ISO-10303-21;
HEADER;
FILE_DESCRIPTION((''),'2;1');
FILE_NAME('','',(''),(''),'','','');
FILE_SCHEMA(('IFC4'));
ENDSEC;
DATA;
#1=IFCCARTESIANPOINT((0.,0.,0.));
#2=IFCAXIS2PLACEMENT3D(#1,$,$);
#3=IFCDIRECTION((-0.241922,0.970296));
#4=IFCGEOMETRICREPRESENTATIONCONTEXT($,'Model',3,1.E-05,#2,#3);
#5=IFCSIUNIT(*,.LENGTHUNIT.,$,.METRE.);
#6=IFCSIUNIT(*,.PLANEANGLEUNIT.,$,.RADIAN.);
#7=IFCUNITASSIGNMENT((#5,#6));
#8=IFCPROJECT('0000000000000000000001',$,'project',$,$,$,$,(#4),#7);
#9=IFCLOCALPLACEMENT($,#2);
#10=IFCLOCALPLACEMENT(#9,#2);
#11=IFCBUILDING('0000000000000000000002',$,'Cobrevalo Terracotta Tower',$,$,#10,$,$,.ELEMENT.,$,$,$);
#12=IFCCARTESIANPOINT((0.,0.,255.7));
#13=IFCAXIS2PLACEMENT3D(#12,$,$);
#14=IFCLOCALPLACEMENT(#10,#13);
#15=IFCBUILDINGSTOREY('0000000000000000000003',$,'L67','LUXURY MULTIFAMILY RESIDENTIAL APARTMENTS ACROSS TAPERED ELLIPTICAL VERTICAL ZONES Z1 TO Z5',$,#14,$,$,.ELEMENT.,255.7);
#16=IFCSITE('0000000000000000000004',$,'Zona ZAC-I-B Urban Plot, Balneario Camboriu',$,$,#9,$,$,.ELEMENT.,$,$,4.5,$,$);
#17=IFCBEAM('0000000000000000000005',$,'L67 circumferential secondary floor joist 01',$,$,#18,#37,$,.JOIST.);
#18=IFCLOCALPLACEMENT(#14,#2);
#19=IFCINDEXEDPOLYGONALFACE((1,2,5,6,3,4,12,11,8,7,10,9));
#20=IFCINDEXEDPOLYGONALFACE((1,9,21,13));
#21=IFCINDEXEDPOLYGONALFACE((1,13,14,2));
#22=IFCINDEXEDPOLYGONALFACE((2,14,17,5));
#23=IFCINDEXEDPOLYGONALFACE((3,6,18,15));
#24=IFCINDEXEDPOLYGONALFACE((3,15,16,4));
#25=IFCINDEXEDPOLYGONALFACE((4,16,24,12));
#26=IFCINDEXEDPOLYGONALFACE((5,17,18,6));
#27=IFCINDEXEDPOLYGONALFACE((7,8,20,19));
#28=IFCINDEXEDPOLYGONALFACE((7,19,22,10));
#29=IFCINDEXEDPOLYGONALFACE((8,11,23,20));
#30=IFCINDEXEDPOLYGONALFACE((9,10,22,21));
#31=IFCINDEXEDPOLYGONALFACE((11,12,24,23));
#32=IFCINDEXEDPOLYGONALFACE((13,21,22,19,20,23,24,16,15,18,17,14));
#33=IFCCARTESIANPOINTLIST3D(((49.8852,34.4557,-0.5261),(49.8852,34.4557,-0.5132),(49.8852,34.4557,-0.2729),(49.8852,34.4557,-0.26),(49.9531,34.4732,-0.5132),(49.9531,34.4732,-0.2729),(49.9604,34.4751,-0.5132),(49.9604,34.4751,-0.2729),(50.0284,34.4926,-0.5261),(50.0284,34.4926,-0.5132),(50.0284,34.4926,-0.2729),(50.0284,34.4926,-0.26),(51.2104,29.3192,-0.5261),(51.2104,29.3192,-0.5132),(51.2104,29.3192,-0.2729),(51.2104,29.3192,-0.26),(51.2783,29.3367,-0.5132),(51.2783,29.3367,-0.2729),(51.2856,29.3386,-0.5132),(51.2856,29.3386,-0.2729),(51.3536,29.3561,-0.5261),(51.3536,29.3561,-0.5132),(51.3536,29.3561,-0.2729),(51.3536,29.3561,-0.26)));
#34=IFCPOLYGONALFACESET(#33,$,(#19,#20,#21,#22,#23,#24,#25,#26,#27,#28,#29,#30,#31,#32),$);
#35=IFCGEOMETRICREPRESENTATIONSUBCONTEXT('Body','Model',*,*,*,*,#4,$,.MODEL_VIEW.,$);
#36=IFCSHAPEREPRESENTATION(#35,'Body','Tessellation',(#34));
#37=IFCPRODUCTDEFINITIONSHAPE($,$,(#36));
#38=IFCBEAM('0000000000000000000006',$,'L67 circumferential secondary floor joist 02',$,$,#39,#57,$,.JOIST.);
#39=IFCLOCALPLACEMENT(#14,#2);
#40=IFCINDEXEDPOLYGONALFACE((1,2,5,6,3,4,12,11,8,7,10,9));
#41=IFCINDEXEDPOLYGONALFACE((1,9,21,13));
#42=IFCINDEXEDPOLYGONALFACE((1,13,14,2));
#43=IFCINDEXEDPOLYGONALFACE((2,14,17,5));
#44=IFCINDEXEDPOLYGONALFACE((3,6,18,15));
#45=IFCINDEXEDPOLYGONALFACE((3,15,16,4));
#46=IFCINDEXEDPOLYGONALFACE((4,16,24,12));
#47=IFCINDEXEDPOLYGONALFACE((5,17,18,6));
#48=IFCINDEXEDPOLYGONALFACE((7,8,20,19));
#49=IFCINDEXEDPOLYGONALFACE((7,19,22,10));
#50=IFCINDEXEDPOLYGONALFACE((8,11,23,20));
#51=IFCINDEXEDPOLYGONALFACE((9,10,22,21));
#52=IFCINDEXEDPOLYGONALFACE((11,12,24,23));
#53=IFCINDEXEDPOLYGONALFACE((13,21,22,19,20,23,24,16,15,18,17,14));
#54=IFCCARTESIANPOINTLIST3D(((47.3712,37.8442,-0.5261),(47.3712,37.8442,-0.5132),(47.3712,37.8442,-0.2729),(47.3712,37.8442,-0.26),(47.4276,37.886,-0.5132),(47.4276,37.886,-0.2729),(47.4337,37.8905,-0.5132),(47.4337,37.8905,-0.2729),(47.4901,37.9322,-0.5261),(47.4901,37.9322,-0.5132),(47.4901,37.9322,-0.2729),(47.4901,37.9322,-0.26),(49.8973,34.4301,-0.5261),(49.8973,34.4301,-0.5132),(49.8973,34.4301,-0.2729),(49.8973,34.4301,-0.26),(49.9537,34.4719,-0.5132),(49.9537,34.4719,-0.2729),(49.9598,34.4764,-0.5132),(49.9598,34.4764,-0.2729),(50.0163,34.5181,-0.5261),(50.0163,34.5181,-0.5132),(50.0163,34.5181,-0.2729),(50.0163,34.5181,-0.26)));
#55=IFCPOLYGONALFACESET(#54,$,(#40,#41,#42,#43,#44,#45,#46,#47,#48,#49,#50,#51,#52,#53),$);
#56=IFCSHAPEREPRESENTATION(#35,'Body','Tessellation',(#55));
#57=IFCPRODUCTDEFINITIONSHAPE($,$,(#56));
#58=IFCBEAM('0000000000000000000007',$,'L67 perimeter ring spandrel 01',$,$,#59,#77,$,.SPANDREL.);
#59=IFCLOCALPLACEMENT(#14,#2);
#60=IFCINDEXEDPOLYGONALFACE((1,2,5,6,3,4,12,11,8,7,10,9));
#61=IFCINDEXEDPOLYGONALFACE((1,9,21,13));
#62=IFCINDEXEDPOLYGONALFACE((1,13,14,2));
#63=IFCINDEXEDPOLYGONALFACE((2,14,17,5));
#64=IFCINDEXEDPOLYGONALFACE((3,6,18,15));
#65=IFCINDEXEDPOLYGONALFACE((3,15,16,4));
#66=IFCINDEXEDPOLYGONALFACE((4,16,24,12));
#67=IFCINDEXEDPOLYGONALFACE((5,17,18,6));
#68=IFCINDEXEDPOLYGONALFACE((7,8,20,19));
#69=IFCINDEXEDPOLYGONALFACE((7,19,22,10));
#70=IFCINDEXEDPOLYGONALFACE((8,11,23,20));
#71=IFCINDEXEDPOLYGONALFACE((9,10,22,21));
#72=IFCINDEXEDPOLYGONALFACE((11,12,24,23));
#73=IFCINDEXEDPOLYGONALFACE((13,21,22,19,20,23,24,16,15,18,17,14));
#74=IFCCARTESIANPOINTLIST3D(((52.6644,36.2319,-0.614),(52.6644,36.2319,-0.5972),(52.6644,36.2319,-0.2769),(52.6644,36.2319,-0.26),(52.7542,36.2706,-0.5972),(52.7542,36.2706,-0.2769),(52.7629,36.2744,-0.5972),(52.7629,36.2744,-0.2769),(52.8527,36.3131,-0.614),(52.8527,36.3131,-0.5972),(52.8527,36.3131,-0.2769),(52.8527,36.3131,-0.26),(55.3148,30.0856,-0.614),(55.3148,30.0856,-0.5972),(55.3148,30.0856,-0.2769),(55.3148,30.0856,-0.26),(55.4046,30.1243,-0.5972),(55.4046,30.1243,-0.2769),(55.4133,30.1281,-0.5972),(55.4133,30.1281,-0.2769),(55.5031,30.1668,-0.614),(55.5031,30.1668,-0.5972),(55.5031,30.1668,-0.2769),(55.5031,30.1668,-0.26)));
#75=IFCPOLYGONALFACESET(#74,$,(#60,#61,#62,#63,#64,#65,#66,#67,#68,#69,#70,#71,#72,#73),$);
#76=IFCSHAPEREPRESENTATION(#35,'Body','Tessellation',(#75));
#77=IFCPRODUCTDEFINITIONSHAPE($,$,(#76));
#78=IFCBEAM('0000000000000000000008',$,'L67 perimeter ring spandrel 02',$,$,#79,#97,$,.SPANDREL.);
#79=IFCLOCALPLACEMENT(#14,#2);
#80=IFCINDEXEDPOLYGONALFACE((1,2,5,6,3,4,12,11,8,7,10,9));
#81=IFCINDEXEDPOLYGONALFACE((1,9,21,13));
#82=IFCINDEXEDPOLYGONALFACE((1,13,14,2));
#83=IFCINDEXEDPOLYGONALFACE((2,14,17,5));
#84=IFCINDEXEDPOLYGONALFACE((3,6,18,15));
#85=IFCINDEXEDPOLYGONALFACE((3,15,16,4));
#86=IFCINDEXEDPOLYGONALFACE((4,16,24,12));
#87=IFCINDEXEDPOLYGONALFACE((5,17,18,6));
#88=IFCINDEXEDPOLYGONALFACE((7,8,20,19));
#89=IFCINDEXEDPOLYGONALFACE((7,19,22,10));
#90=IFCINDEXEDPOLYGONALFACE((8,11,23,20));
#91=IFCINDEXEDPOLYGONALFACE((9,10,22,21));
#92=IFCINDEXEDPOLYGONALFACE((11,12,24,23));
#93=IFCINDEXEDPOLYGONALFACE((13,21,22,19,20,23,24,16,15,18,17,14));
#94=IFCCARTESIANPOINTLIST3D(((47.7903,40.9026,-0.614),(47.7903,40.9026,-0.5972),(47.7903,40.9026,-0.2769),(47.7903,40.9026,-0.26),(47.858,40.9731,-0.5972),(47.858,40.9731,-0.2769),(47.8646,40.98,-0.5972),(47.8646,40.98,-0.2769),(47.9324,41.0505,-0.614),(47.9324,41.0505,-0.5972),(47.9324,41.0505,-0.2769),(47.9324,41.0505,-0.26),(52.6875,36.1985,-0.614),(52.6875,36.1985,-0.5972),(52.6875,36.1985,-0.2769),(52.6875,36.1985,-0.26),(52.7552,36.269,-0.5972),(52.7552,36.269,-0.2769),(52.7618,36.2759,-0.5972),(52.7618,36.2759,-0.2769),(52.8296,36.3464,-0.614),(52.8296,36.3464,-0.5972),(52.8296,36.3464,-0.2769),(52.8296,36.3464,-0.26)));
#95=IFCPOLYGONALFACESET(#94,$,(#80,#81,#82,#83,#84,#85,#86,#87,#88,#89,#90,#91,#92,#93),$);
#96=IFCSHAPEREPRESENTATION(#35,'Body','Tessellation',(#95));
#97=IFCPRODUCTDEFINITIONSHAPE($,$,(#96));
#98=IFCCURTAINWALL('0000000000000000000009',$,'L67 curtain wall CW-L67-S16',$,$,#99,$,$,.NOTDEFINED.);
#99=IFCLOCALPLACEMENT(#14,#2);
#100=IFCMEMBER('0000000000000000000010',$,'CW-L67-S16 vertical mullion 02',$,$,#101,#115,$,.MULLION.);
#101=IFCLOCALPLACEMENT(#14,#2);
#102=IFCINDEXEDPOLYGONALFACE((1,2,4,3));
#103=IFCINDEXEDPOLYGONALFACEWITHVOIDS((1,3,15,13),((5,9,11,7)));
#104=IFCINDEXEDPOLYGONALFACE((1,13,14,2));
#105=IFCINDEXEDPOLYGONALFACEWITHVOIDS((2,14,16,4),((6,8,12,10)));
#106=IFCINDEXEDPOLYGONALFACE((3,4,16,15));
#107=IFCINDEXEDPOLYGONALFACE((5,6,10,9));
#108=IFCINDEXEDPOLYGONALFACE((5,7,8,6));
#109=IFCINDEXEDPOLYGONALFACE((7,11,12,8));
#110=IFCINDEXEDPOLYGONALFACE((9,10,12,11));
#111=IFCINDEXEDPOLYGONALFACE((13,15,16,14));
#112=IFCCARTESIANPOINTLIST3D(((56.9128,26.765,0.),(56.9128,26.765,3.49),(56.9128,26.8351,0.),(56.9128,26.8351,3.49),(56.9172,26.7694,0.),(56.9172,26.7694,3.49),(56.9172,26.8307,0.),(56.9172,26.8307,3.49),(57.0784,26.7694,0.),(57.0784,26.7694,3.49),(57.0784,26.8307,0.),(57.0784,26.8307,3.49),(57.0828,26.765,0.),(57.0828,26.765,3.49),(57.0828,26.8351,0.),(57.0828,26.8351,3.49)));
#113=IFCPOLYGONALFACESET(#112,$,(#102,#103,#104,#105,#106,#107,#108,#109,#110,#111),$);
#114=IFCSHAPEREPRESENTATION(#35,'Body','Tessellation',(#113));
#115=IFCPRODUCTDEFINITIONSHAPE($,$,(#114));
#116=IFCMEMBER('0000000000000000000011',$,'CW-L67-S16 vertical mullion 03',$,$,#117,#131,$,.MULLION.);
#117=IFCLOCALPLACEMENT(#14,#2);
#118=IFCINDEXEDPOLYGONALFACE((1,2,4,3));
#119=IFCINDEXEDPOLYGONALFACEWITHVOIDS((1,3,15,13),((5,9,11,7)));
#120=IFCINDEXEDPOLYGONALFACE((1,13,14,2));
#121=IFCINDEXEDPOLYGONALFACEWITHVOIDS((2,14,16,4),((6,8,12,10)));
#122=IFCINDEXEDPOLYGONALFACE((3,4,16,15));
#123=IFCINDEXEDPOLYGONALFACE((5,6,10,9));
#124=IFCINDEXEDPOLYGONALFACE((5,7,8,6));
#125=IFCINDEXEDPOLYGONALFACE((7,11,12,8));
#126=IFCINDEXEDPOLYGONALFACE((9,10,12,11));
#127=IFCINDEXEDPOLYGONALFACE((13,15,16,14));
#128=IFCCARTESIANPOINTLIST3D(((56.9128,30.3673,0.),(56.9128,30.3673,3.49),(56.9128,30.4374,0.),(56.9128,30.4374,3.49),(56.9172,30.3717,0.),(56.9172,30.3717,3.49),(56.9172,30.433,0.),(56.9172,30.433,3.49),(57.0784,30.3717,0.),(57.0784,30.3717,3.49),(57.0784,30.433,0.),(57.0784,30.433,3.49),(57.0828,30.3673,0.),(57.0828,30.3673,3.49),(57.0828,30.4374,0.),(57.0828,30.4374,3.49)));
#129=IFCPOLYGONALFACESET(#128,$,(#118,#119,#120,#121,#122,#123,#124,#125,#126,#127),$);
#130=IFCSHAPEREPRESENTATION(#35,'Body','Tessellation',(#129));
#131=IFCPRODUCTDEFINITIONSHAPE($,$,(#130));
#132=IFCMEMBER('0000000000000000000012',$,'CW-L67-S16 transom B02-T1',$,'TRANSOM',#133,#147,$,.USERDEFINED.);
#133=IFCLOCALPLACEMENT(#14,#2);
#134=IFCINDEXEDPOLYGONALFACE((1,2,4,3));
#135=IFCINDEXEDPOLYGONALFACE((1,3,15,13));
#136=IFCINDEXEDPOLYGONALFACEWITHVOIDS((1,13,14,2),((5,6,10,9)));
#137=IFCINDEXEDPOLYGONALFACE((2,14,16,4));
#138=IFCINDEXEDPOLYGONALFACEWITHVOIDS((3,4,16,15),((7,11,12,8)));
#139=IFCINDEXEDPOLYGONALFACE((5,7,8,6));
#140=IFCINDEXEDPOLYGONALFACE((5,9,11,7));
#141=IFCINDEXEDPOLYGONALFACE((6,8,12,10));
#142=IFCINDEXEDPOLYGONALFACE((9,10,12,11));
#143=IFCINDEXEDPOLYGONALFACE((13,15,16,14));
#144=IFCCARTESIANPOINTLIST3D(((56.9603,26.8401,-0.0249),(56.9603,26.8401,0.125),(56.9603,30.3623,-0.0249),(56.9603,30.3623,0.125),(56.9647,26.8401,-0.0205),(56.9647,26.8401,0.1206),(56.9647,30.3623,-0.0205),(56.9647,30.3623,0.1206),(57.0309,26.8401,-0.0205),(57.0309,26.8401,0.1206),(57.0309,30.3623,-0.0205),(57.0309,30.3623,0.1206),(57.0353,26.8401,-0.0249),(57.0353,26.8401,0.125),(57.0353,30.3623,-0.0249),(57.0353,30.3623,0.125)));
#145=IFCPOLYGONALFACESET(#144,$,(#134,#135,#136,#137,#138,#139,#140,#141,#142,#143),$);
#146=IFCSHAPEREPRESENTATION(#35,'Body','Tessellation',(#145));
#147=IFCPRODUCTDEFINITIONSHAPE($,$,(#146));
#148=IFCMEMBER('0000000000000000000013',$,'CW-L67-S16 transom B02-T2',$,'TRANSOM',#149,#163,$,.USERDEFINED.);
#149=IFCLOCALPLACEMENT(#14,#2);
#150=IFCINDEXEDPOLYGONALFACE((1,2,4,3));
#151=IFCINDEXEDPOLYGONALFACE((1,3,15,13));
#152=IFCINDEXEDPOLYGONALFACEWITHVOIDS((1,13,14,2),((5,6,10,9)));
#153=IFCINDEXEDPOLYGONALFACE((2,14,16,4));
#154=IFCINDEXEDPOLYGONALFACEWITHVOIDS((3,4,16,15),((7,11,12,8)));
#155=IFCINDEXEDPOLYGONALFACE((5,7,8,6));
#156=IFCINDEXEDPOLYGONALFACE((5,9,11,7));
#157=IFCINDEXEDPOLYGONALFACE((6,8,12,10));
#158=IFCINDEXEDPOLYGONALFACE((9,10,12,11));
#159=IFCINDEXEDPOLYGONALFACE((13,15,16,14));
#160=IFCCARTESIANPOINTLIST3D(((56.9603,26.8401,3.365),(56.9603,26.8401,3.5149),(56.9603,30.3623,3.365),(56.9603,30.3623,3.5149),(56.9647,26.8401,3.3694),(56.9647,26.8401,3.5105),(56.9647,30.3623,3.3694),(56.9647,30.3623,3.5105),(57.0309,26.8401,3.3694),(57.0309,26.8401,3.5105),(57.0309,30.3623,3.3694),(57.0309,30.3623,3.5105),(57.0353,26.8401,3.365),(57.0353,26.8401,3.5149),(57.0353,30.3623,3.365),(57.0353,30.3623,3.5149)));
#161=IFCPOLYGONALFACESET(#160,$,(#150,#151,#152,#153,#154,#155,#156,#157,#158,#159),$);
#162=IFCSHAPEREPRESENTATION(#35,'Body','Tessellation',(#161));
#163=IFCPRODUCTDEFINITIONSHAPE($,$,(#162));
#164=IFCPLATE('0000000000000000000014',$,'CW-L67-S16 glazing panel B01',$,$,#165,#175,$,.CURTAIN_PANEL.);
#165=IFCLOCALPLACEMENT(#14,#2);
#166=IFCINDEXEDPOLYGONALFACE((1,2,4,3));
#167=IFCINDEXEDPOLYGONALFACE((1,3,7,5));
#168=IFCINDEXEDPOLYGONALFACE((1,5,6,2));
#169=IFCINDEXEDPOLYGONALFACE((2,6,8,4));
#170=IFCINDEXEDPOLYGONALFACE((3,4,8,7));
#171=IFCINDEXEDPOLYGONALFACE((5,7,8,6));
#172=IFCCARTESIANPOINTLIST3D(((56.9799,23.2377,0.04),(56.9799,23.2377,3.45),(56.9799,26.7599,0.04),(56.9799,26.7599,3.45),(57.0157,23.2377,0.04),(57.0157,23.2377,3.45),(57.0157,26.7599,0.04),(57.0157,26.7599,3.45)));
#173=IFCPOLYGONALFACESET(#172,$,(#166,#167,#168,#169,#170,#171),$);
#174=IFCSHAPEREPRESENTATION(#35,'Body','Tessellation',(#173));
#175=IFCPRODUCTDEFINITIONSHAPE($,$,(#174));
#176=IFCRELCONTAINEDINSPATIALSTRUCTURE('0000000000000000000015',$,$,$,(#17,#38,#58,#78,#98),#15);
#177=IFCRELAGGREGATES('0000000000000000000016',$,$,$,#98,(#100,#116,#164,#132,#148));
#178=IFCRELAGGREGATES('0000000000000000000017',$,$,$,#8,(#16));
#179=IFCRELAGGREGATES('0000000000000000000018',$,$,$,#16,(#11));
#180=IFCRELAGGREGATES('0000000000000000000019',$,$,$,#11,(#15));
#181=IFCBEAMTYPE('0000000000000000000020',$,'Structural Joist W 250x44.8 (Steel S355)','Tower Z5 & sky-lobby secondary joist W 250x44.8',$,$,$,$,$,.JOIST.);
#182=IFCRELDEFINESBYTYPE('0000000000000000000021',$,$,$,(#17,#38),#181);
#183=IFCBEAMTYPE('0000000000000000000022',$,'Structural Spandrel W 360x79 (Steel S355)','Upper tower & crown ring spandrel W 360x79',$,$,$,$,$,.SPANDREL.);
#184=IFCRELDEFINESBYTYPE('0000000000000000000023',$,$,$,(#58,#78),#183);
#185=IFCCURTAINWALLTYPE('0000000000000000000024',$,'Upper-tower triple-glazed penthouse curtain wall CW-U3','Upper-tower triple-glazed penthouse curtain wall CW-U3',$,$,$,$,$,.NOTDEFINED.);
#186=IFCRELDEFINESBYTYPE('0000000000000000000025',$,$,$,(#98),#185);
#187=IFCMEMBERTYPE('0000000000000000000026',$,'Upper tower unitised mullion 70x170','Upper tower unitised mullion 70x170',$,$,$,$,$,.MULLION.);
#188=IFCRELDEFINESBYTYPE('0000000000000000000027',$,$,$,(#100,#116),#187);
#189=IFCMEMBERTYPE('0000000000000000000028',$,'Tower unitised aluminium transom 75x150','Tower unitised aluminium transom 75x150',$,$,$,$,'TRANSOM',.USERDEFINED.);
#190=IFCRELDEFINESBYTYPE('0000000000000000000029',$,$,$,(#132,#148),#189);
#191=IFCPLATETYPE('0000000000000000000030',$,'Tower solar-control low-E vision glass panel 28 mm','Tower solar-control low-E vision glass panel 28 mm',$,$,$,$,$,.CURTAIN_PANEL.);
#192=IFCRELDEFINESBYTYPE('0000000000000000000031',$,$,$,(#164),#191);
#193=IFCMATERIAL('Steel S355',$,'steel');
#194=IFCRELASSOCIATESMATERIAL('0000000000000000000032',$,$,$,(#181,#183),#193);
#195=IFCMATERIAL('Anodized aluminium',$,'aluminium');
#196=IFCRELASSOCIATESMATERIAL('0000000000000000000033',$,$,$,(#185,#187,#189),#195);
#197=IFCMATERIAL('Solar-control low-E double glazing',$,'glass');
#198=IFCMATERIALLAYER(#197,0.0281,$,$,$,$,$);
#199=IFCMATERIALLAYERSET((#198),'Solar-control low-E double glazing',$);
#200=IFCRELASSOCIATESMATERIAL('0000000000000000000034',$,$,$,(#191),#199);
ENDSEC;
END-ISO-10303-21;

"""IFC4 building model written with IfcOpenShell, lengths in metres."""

from ifc_helpers import new_model, si_unit, direction, frame, origin, origin_2d, place, context, subcontext, project, spatial, rectangle, hollow_rectangle, i_section, extrude, source, transform, mapped, material, layer, layer_set, material_profile, profile_set, type_object, element, aggregate, save


model = new_model("IFC4")

# Units and contexts
model_context = context("Model", 3, precision=1e-05, world=origin(), true_north=direction((-0.241922, 0.970296)))
body_context = subcontext(model_context, "Body", "Model", "MODEL_VIEW")
ifc_project = project(units=[si_unit("LENGTHUNIT", "METRE"), si_unit("PLANEANGLEUNIT", "RADIAN")], contexts=[model_context])

# Site, building, storey
site_placement = place(None, origin())
site = spatial("IfcSite", under=ifc_project, at=site_placement, Name="Zona ZAC-I-B Urban Plot, Balneario Camboriu", CompositionType="ELEMENT", RefElevation=4.5)
building_placement = place(site_placement, origin())
building = spatial("IfcBuilding", under=site, at=building_placement, Name="Cobrevalo Terracotta Tower", CompositionType="ELEMENT")
storey_placement = place(building_placement, frame((0.0, 0.0, 255.7)))
storey = spatial("IfcBuildingStorey", under=building, at=storey_placement, Name="L67", Description="LUXURY MULTIFAMILY RESIDENTIAL APARTMENTS ACROSS TAPERED ELLIPTICAL VERTICAL ZONES Z1 TO Z5", CompositionType="ELEMENT", Elevation=255.7)

# Shared definitions
ifc_material_1 = material(Name="Steel S355", Category="steel")

# Beams
ifc_material_profile_1 = material_profile(ifc_material_1, i_section(OverallWidth=0.1479, OverallDepth=0.2661, WebThickness=0.0076, FlangeThickness=0.0129, at=origin_2d()), Name="W 250x44.8")
ifc_profile_set_1 = profile_set([ifc_material_profile_1], Name="Steel S355")
beam_type_1 = type_object("IfcBeamType", Name="Structural Joist W 250x44.8 (Steel S355)", Description="Tower Z5 & sky-lobby secondary joist W 250x44.8", PredefinedType="JOIST", material=ifc_profile_set_1)
beam_1_placement = place(storey_placement, frame((51.282, 29.3376, -0.3931), z_axis=(-0.249817, 0.968293, 0.0), x_axis=(-0.968293, -0.249817, 0.0)))
element("IfcBeam", 1, at=beam_1_placement, inside=storey, type_object=beam_type_1, Name="L67 circumferential secondary floor joist 01", PredefinedType="JOIST", context=body_context, shape_type="SweptSolid", body=[
    extrude(i_section(OverallWidth=0.1479, OverallDepth=0.2661, WebThickness=0.0076, FlangeThickness=0.0129, at=origin_2d()), origin(), (0.0, 0.0, 1.0), 5.3047),
])
beam_2_placement = place(storey_placement, frame((49.9568, 34.4741, -0.3931), z_axis=(-0.5948, 0.803874, 0.0), x_axis=(-0.803874, -0.5948, 0.0)))
element("IfcBeam", 2, at=beam_2_placement, inside=storey, type_object=beam_type_1, Name="L67 circumferential secondary floor joist 02", PredefinedType="JOIST", context=body_context, shape_type="SweptSolid", body=[
    extrude(i_section(OverallWidth=0.1479, OverallDepth=0.2661, WebThickness=0.0076, FlangeThickness=0.0129, at=origin_2d()), origin(), (0.0, 0.0, 1.0), 4.2471),
])
ifc_material_profile_2 = material_profile(ifc_material_1, i_section(OverallWidth=0.2051, OverallDepth=0.354, WebThickness=0.0095, FlangeThickness=0.0168, at=origin_2d()), Name="W 360x79")
ifc_profile_set_2 = profile_set([ifc_material_profile_2], Name="Steel S355")
beam_type_2 = type_object("IfcBeamType", Name="Structural Spandrel W 360x79 (Steel S355)", Description="Upper tower & crown ring spandrel W 360x79", PredefinedType="SPANDREL", material=ifc_profile_set_2)
beam_3_placement = place(storey_placement, frame((55.4089, 30.1262, -0.437), z_axis=(-0.395974, 0.918262, 0.0), x_axis=(-0.918262, -0.395974, 0.0)))
element("IfcBeam", 3, at=beam_3_placement, inside=storey, type_object=beam_type_2, Name="L67 perimeter ring spandrel 01", PredefinedType="SPANDREL", context=body_context, shape_type="SweptSolid", body=[
    extrude(i_section(OverallWidth=0.2051, OverallDepth=0.354, WebThickness=0.0095, FlangeThickness=0.0168, at=origin_2d()), origin(), (0.0, 0.0, 1.0), 6.6934),
])
beam_4_placement = place(storey_placement, frame((52.7585, 36.2725, -0.437), z_axis=(-0.721183, 0.692744, 0.0), x_axis=(-0.692744, -0.721183, 0.0)))
element("IfcBeam", 4, at=beam_4_placement, inside=storey, type_object=beam_type_2, Name="L67 perimeter ring spandrel 02", PredefinedType="SPANDREL", context=body_context, shape_type="SweptSolid", body=[
    extrude(i_section(OverallWidth=0.2051, OverallDepth=0.354, WebThickness=0.0095, FlangeThickness=0.0168, at=origin_2d()), origin(), (0.0, 0.0, 1.0), 6.7905),
])

# Curtain wall, members, plate
ifc_material_2 = material(Name="Anodized aluminium", Category="aluminium")
curtain_wall_type = type_object("IfcCurtainWallType", Name="Upper-tower triple-glazed penthouse curtain wall CW-U3", Description="Upper-tower triple-glazed penthouse curtain wall CW-U3", PredefinedType="NOTDEFINED", material=ifc_material_2)
curtain_wall_placement = place(storey_placement, origin())
curtain_wall = element("IfcCurtainWall", 5, at=curtain_wall_placement, inside=storey, type_object=curtain_wall_type, Name="L67 curtain wall CW-L67-S16", PredefinedType="NOTDEFINED")
ifc_material_profile_3 = material_profile(ifc_material_2, hollow_rectangle(XDim=0.0701, YDim=0.1699, WallThickness=0.0044, at=origin_2d()), Name="CWM 70x170")
ifc_profile_set_3 = profile_set([ifc_material_profile_3], Name="Anodized aluminium")
member_type_1 = type_object("IfcMemberType", Name="Upper tower unitised mullion 70x170", Description="Upper tower unitised mullion 70x170", PredefinedType="MULLION", material=ifc_profile_set_3)
shared_shape_1 = source(origin(), body_context, "Body", "SweptSolid", [
    extrude(hollow_rectangle(XDim=0.0701, YDim=0.1699, WallThickness=0.0044, at=origin_2d()), origin(), (0.0, 0.0, 1.0), 3.49),
])
member_1_placement = place(storey_placement, frame((56.9978, 26.8, 0.0), z_axis=(0.0, 0.0, 1.0), x_axis=(0.0, 1.0, 0.0)))
member_1 = element("IfcMember", 6, at=member_1_placement, type_object=member_type_1, Name="CW-L67-S16 vertical mullion 02", PredefinedType="MULLION", context=body_context, shape_type="MappedRepresentation", body=[
    mapped(shared_shape_1, transform((0.0, 0.0, 0.0), scale=1.0)),
])
member_2_placement = place(storey_placement, frame((56.9978, 30.4023, 0.0), z_axis=(0.0, 0.0, 1.0), x_axis=(0.0, 1.0, 0.0)))
member_2 = element("IfcMember", 7, at=member_2_placement, type_object=member_type_1, Name="CW-L67-S16 vertical mullion 03", PredefinedType="MULLION", context=body_context, shape_type="MappedRepresentation", body=[
    mapped(shared_shape_1, transform((0.0, 0.0, 0.0), scale=1.0)),
])
ifc_material_profile_4 = material_profile(ifc_material_2, hollow_rectangle(XDim=0.075, YDim=0.1499, WallThickness=0.0044, at=origin_2d()), Name="CWT 75x150")
ifc_profile_set_4 = profile_set([ifc_material_profile_4], Name="Anodized aluminium")
member_type_2 = type_object("IfcMemberType", Name="Tower unitised aluminium transom 75x150", Description="Tower unitised aluminium transom 75x150", ElementType="TRANSOM", PredefinedType="USERDEFINED", material=ifc_profile_set_4)
shared_shape_2 = source(origin(), body_context, "Body", "SweptSolid", [
    extrude(hollow_rectangle(XDim=0.075, YDim=0.1499, WallThickness=0.0044, at=origin_2d()), origin(), (0.0, 0.0, 1.0), 3.5222),
])
member_3_placement = place(storey_placement, frame((56.9978, 26.8401, 0.05), z_axis=(0.0, 1.0, 0.0), x_axis=(-1.0, 0.0, 0.0)))
member_3 = element("IfcMember", 8, at=member_3_placement, type_object=member_type_2, Name="CW-L67-S16 transom B02-T1", ObjectType="TRANSOM", PredefinedType="USERDEFINED", context=body_context, shape_type="MappedRepresentation", body=[
    mapped(shared_shape_2, transform((0.0, 0.0, 0.0), scale=1.0)),
])
member_4_placement = place(storey_placement, frame((56.9978, 26.8401, 3.4399), z_axis=(0.0, 1.0, 0.0), x_axis=(-1.0, 0.0, 0.0)))
member_4 = element("IfcMember", 9, at=member_4_placement, type_object=member_type_2, Name="CW-L67-S16 transom B02-T2", ObjectType="TRANSOM", PredefinedType="USERDEFINED", context=body_context, shape_type="MappedRepresentation", body=[
    mapped(shared_shape_2, transform((0.0, 0.0, 0.0), scale=1.0)),
])
ifc_material_3 = material(Name="Solar-control low-E double glazing", Category="glass")
ifc_layer_1 = layer(ifc_material_3, 0.0281)
ifc_layer_set_1 = layer_set([ifc_layer_1], Name="Solar-control low-E double glazing")
plate_type = type_object("IfcPlateType", Name="Tower solar-control low-E vision glass panel 28 mm", Description="Tower solar-control low-E vision glass panel 28 mm", PredefinedType="CURTAIN_PANEL", material=ifc_layer_set_1)
shared_shape_3 = source(origin(), body_context, "Body", "SweptSolid", [
    extrude(rectangle(XDim=3.5222, YDim=0.0359, at=origin_2d()), origin(), (0.0, 0.0, 1.0), 3.4099),
])
plate_1_placement = place(storey_placement, frame((56.9978, 24.9988, 0.04), z_axis=(0.0, 0.0, 1.0), x_axis=(0.0, 1.0, 0.0)))
plate_1 = element("IfcPlate", 10, at=plate_1_placement, type_object=plate_type, Name="CW-L67-S16 glazing panel B01", PredefinedType="CURTAIN_PANEL", context=body_context, shape_type="MappedRepresentation", body=[
    mapped(shared_shape_3, transform((0.0, 0.0, 0.0), scale=1.0)),
])
aggregate(curtain_wall, [member_1, member_2, plate_1, member_3, member_4])

save(model, "model.ifc")
